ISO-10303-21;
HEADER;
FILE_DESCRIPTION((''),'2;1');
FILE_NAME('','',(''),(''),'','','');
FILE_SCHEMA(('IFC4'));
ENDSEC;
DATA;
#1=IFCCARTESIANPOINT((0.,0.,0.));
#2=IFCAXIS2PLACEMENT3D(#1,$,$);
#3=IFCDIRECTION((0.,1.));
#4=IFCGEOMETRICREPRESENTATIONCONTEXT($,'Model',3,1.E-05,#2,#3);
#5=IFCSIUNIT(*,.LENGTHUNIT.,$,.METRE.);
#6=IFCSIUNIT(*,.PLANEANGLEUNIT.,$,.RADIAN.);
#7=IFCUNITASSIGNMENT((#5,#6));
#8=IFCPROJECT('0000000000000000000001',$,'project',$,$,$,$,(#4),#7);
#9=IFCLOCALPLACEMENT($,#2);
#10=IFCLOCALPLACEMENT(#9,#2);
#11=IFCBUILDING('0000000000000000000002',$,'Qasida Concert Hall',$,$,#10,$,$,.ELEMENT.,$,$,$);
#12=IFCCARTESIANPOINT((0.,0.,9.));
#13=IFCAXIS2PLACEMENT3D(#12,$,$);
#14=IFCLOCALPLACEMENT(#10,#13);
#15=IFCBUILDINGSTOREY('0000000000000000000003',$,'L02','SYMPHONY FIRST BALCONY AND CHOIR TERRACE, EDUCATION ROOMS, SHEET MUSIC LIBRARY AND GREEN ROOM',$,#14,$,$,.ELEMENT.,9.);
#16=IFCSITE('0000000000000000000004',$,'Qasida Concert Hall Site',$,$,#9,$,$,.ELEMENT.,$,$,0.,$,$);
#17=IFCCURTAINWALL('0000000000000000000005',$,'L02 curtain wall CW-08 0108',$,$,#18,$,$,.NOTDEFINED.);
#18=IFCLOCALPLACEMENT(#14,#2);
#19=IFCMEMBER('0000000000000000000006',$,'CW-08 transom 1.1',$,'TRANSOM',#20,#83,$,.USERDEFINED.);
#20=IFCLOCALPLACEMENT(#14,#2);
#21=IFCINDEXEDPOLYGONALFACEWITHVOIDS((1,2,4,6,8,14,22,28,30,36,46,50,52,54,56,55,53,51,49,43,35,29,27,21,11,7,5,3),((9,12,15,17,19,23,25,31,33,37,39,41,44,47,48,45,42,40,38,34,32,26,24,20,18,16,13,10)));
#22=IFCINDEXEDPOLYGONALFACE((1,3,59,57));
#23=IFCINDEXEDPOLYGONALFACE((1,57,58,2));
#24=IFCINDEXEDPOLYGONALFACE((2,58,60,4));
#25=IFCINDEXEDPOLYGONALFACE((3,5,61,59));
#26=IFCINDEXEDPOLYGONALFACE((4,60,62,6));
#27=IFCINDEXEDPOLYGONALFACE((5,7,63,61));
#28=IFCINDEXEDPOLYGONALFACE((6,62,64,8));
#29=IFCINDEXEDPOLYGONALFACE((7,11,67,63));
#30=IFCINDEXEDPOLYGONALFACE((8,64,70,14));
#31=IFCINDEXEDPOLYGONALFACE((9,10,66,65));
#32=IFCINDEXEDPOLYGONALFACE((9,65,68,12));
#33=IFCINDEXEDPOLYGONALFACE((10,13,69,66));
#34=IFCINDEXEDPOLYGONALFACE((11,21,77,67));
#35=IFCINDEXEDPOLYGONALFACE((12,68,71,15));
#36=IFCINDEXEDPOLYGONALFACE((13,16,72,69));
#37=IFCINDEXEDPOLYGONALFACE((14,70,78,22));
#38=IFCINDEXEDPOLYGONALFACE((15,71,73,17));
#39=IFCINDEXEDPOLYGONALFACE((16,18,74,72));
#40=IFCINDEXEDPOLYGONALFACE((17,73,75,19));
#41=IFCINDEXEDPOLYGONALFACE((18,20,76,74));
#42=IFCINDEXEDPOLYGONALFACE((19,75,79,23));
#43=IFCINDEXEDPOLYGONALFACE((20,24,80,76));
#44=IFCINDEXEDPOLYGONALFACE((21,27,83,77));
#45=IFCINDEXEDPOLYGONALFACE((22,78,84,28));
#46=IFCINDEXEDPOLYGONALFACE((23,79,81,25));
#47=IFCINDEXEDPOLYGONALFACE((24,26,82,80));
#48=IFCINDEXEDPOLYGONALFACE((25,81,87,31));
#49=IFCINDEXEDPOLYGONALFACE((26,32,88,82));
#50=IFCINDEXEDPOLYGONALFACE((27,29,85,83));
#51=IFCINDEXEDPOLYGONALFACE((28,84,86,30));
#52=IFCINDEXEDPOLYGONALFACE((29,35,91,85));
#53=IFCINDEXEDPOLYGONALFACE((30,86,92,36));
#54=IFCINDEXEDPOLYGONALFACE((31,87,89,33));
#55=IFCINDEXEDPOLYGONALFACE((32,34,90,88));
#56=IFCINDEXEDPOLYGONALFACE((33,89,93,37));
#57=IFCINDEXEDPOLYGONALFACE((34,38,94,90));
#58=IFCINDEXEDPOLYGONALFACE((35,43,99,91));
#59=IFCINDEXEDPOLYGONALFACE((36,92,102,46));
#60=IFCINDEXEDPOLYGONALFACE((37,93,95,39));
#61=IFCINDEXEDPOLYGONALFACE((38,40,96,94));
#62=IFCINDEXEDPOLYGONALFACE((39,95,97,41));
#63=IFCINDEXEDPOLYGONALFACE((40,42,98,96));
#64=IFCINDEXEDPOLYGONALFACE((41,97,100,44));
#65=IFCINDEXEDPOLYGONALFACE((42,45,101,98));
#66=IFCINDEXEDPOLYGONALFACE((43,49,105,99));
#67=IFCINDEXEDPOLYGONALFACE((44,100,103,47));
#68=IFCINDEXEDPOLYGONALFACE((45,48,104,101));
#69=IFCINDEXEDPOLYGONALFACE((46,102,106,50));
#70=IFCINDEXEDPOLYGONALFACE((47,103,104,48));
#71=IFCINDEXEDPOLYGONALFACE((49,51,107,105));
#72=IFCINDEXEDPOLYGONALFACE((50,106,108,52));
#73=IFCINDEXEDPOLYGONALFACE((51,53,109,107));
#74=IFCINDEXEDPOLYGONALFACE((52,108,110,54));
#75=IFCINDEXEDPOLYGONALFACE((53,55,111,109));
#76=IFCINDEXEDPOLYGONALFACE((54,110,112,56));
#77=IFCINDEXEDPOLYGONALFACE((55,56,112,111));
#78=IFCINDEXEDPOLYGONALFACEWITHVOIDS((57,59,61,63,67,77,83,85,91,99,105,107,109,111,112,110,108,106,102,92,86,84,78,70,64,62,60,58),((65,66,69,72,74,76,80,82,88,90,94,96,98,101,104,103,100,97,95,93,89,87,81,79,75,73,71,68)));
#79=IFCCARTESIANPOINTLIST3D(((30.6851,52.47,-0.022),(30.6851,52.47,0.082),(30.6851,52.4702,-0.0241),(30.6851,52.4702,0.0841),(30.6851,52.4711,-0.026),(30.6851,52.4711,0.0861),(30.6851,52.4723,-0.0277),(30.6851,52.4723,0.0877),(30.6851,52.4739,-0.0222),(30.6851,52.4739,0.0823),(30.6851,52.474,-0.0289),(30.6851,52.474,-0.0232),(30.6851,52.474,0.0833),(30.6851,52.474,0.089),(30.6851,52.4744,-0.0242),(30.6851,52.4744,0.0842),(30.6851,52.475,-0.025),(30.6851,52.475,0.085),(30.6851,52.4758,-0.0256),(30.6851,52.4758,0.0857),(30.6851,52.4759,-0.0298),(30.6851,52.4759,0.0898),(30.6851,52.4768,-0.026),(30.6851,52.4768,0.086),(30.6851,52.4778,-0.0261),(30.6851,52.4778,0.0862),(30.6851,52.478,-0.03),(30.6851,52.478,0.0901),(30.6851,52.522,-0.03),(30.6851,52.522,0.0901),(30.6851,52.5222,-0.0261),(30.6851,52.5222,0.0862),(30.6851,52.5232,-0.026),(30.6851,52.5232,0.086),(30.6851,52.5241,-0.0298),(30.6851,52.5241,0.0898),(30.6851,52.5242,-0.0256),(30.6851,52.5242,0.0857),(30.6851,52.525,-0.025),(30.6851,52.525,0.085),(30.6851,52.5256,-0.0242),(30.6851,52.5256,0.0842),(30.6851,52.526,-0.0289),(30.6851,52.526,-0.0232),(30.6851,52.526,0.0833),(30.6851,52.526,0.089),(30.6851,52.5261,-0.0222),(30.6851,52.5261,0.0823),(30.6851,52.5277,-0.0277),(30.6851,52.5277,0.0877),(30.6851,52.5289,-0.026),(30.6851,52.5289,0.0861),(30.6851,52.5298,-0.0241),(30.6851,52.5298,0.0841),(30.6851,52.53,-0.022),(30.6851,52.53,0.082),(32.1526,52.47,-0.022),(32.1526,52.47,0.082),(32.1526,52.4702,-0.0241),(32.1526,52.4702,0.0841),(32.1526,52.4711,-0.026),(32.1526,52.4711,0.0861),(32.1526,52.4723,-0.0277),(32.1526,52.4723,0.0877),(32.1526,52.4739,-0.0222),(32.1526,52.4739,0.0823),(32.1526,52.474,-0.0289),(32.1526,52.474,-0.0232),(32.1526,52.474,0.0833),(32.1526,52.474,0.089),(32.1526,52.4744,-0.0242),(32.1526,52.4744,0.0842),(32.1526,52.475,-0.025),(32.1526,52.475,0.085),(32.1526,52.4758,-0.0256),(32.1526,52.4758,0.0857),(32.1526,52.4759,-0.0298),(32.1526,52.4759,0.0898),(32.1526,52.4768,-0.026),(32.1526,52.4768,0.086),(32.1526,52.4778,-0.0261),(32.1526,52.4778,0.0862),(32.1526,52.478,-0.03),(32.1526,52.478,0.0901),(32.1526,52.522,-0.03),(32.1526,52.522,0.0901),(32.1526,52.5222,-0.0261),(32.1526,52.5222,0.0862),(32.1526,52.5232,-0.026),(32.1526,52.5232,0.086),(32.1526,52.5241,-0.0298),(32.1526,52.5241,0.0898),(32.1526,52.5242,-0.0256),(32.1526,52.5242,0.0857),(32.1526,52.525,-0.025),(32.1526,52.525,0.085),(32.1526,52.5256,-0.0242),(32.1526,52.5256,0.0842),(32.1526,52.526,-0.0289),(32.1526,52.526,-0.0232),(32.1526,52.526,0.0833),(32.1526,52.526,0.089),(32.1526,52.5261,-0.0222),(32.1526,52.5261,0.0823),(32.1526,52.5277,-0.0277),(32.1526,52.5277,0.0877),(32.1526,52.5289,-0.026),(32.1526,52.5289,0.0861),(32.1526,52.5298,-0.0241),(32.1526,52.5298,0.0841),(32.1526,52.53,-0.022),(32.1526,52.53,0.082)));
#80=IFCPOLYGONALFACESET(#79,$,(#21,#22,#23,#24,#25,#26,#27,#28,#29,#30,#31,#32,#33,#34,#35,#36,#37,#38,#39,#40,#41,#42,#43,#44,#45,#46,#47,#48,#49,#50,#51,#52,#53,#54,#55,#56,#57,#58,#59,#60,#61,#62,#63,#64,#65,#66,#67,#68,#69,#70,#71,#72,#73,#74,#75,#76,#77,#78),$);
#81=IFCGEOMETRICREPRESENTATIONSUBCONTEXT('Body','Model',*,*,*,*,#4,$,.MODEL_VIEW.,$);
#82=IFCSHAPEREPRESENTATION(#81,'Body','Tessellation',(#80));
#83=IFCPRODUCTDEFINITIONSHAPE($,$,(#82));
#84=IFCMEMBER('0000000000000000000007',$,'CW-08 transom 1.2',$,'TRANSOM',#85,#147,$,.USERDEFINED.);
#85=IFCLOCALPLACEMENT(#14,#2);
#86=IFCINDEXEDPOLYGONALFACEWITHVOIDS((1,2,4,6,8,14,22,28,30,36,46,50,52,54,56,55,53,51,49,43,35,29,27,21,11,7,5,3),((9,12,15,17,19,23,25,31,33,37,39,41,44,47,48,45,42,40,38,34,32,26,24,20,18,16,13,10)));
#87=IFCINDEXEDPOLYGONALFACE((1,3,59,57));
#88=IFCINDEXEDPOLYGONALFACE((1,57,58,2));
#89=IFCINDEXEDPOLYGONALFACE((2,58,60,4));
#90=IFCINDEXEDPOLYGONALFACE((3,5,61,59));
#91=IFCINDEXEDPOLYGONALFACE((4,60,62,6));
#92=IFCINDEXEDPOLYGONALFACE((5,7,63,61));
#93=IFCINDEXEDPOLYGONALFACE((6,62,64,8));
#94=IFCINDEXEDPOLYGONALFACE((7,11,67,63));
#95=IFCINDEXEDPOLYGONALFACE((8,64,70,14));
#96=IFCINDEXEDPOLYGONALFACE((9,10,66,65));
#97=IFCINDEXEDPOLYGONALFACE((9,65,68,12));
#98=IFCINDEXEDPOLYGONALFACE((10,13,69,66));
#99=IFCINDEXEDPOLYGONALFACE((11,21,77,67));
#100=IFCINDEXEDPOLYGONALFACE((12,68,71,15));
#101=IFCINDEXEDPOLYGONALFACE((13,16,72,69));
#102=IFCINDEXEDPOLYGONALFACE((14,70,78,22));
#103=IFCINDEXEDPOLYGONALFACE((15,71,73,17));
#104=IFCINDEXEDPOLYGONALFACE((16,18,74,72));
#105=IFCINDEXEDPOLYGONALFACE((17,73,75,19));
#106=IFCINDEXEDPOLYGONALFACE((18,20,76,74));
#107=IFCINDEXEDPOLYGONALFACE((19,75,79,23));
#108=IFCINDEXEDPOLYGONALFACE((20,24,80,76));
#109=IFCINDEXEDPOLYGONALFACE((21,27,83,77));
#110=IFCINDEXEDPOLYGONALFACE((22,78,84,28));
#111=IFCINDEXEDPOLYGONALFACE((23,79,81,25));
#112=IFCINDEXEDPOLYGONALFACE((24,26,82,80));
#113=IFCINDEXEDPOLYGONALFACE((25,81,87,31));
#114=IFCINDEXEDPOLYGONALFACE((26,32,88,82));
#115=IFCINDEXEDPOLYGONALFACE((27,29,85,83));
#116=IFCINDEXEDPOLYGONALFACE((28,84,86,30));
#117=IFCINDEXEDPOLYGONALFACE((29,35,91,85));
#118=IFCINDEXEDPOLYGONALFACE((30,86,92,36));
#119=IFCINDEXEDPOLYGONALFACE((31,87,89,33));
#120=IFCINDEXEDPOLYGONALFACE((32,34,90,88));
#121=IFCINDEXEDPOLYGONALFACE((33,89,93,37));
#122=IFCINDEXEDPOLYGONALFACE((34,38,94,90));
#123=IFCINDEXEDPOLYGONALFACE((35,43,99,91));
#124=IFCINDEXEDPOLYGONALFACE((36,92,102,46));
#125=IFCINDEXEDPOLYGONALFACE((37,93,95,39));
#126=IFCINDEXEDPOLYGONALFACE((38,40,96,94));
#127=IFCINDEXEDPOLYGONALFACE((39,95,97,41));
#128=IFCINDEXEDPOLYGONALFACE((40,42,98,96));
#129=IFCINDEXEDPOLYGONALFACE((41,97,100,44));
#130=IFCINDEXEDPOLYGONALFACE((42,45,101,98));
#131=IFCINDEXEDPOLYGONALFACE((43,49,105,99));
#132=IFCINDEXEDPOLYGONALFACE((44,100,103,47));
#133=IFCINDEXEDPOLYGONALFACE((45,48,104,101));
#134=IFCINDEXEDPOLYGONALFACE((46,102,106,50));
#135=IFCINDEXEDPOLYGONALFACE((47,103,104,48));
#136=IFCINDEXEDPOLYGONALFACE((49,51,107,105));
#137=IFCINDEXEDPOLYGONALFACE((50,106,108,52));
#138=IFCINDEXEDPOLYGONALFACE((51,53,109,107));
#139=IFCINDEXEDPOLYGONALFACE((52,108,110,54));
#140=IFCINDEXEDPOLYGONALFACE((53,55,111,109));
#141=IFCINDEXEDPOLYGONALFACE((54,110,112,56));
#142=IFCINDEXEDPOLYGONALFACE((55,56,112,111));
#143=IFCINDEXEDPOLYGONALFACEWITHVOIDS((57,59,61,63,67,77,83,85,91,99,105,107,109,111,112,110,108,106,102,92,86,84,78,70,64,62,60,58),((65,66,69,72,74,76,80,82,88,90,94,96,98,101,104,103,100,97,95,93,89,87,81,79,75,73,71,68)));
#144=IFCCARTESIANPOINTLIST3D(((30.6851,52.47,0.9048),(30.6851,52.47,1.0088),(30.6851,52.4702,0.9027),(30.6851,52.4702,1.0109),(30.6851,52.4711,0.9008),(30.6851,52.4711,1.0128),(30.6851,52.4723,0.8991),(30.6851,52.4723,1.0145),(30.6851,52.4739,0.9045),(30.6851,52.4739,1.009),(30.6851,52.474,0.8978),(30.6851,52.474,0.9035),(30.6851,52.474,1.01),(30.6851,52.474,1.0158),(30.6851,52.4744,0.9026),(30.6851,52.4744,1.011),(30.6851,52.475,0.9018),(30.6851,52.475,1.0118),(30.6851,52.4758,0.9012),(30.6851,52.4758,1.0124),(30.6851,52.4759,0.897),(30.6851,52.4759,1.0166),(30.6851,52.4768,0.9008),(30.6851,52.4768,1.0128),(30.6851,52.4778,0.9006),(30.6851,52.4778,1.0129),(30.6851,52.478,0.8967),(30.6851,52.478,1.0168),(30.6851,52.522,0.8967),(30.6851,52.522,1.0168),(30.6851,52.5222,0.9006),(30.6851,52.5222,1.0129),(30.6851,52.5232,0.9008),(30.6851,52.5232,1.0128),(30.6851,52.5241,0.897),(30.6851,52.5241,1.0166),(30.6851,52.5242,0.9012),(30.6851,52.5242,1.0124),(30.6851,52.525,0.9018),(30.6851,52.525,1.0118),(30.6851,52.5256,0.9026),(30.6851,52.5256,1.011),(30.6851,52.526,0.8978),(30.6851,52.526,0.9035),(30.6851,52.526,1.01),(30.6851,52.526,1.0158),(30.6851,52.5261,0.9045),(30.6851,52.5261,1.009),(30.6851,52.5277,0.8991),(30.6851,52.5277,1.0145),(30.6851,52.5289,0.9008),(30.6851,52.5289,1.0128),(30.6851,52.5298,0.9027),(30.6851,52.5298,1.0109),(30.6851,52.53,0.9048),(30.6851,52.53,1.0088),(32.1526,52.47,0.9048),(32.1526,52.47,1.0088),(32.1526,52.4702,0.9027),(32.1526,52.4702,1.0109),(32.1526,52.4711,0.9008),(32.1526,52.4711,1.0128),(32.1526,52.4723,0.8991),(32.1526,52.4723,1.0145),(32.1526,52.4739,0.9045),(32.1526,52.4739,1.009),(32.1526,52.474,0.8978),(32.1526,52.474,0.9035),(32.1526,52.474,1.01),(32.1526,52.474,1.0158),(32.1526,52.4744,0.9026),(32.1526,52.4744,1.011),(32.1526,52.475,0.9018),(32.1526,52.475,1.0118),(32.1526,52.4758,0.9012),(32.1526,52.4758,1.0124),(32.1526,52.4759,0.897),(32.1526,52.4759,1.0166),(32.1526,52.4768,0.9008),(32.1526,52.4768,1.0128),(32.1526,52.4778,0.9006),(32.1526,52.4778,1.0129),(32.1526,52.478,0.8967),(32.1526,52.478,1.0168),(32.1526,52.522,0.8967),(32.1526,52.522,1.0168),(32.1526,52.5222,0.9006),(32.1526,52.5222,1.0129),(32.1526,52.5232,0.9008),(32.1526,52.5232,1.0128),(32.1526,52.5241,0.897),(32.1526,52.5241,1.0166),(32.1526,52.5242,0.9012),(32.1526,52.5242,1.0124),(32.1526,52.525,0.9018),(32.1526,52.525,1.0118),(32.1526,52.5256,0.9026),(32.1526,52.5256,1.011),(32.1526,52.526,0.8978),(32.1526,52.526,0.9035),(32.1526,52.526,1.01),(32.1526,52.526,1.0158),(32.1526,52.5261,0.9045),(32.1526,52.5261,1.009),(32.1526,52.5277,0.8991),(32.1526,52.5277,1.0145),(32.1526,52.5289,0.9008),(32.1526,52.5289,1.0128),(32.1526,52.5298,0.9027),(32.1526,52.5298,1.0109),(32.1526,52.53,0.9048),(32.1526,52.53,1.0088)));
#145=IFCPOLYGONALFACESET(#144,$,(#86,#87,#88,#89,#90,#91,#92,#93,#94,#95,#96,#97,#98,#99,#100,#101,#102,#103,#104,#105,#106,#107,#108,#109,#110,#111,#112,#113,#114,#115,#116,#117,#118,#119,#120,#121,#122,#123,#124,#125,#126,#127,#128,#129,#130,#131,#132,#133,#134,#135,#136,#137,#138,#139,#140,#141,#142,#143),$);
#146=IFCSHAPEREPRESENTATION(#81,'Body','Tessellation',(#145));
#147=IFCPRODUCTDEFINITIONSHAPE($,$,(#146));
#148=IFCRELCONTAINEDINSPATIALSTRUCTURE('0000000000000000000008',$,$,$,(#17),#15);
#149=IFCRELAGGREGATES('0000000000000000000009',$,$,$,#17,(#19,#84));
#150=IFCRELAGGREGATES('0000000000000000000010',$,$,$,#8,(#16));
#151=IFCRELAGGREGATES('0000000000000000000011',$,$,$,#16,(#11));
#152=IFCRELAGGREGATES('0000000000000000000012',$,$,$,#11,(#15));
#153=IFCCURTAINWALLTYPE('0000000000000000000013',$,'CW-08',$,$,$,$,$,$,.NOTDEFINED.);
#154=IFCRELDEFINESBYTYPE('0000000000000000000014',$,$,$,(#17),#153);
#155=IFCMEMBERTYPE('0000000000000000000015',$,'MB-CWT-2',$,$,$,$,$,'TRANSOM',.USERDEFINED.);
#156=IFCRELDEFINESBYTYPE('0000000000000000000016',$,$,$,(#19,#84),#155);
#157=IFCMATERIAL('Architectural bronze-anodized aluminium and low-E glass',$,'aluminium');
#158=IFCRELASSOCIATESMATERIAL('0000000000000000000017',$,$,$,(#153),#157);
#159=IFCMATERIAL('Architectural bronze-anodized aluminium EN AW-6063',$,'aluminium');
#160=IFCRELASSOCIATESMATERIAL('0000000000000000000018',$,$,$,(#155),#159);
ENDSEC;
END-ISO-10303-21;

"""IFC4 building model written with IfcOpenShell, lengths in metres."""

from ifc_helpers import new_model, si_unit, direction, frame, origin, origin_2d, place, context, subcontext, project, spatial, hollow_rectangle, extrude, material, material_profile, profile_set, type_object, element, aggregate, save


model = new_model("IFC4")

# Units and contexts
model_context = context("Model", 3, precision=1e-05, world=origin(), true_north=direction((0.0, 1.0)))
body_context = subcontext(model_context, "Body", "Model", "MODEL_VIEW")
ifc_project = project(units=[si_unit("LENGTHUNIT", "METRE"), si_unit("PLANEANGLEUNIT", "RADIAN")], contexts=[model_context])

# Site, building, storey
site_placement = place(None, origin())
site = spatial("IfcSite", under=ifc_project, at=site_placement, Name="Qasida Concert Hall Site", CompositionType="ELEMENT", RefElevation=0.0)
building_placement = place(site_placement, origin())
building = spatial("IfcBuilding", under=site, at=building_placement, Name="Qasida Concert Hall", CompositionType="ELEMENT")
storey_placement = place(building_placement, frame((0.0, 0.0, 9.0)))
storey = spatial("IfcBuildingStorey", under=building, at=storey_placement, Name="L02", Description="SYMPHONY FIRST BALCONY AND CHOIR TERRACE, EDUCATION ROOMS, SHEET MUSIC LIBRARY AND GREEN ROOM", CompositionType="ELEMENT", Elevation=9.0)

# Shared definitions
ifc_material_1 = material(Name="Architectural bronze-anodized aluminium and low-E glass", Category="aluminium")
curtain_wall_type = type_object("IfcCurtainWallType", Name="CW-08", PredefinedType="NOTDEFINED", material=ifc_material_1)
ifc_material_2 = material(Name="Architectural bronze-anodized aluminium EN AW-6063", Category="aluminium")

# Curtain wall
curtain_wall_1_placement = place(storey_placement, origin())
curtain_wall_1 = element("IfcCurtainWall", 1, at=curtain_wall_1_placement, inside=storey, type_object=curtain_wall_type, Name="L02 curtain wall CW-08 0108", PredefinedType="NOTDEFINED")

# Members
ifc_material_profile_1 = material_profile(ifc_material_2, hollow_rectangle(XDim=0.0601, YDim=0.1201, WallThickness=0.0039, InnerFilletRadius=0.0039, OuterFilletRadius=0.0081, at=origin_2d()), Name="CWT 120x60x4")
ifc_profile_set_1 = profile_set([ifc_material_profile_1], Name="Architectural bronze-anodized aluminium EN AW-6063")
member_type_1 = type_object("IfcMemberType", Name="MB-CWT-2", ElementType="TRANSOM", PredefinedType="USERDEFINED", material=ifc_profile_set_1)
member_1_placement = place(storey_placement, frame((30.6851, 52.5, 0.03), z_axis=(1.0, 0.0, 0.0), x_axis=(0.0, 1.0, 0.0)))
member_1 = element("IfcMember", 2, at=member_1_placement, type_object=member_type_1, Name="CW-08 transom 1.1", ObjectType="TRANSOM", PredefinedType="USERDEFINED", context=body_context, shape_type="SweptSolid", body=[
    extrude(hollow_rectangle(XDim=0.0601, YDim=0.1201, WallThickness=0.0039, InnerFilletRadius=0.0039, OuterFilletRadius=0.0081, at=origin_2d()), origin(), (0.0, 0.0, 1.0), 1.4675),
])
member_2_placement = place(storey_placement, frame((30.6851, 52.5, 0.9568), z_axis=(1.0, 0.0, 0.0), x_axis=(0.0, 1.0, 0.0)))
member_2 = element("IfcMember", 3, at=member_2_placement, type_object=member_type_1, Name="CW-08 transom 1.2", ObjectType="TRANSOM", PredefinedType="USERDEFINED", context=body_context, shape_type="SweptSolid", body=[
    extrude(hollow_rectangle(XDim=0.0601, YDim=0.1201, WallThickness=0.0039, InnerFilletRadius=0.0039, OuterFilletRadius=0.0081, at=origin_2d()), origin(), (0.0, 0.0, 1.0), 1.4675),
])

aggregate(curtain_wall_1, [member_1, member_2])

save(model, "model.ifc")
